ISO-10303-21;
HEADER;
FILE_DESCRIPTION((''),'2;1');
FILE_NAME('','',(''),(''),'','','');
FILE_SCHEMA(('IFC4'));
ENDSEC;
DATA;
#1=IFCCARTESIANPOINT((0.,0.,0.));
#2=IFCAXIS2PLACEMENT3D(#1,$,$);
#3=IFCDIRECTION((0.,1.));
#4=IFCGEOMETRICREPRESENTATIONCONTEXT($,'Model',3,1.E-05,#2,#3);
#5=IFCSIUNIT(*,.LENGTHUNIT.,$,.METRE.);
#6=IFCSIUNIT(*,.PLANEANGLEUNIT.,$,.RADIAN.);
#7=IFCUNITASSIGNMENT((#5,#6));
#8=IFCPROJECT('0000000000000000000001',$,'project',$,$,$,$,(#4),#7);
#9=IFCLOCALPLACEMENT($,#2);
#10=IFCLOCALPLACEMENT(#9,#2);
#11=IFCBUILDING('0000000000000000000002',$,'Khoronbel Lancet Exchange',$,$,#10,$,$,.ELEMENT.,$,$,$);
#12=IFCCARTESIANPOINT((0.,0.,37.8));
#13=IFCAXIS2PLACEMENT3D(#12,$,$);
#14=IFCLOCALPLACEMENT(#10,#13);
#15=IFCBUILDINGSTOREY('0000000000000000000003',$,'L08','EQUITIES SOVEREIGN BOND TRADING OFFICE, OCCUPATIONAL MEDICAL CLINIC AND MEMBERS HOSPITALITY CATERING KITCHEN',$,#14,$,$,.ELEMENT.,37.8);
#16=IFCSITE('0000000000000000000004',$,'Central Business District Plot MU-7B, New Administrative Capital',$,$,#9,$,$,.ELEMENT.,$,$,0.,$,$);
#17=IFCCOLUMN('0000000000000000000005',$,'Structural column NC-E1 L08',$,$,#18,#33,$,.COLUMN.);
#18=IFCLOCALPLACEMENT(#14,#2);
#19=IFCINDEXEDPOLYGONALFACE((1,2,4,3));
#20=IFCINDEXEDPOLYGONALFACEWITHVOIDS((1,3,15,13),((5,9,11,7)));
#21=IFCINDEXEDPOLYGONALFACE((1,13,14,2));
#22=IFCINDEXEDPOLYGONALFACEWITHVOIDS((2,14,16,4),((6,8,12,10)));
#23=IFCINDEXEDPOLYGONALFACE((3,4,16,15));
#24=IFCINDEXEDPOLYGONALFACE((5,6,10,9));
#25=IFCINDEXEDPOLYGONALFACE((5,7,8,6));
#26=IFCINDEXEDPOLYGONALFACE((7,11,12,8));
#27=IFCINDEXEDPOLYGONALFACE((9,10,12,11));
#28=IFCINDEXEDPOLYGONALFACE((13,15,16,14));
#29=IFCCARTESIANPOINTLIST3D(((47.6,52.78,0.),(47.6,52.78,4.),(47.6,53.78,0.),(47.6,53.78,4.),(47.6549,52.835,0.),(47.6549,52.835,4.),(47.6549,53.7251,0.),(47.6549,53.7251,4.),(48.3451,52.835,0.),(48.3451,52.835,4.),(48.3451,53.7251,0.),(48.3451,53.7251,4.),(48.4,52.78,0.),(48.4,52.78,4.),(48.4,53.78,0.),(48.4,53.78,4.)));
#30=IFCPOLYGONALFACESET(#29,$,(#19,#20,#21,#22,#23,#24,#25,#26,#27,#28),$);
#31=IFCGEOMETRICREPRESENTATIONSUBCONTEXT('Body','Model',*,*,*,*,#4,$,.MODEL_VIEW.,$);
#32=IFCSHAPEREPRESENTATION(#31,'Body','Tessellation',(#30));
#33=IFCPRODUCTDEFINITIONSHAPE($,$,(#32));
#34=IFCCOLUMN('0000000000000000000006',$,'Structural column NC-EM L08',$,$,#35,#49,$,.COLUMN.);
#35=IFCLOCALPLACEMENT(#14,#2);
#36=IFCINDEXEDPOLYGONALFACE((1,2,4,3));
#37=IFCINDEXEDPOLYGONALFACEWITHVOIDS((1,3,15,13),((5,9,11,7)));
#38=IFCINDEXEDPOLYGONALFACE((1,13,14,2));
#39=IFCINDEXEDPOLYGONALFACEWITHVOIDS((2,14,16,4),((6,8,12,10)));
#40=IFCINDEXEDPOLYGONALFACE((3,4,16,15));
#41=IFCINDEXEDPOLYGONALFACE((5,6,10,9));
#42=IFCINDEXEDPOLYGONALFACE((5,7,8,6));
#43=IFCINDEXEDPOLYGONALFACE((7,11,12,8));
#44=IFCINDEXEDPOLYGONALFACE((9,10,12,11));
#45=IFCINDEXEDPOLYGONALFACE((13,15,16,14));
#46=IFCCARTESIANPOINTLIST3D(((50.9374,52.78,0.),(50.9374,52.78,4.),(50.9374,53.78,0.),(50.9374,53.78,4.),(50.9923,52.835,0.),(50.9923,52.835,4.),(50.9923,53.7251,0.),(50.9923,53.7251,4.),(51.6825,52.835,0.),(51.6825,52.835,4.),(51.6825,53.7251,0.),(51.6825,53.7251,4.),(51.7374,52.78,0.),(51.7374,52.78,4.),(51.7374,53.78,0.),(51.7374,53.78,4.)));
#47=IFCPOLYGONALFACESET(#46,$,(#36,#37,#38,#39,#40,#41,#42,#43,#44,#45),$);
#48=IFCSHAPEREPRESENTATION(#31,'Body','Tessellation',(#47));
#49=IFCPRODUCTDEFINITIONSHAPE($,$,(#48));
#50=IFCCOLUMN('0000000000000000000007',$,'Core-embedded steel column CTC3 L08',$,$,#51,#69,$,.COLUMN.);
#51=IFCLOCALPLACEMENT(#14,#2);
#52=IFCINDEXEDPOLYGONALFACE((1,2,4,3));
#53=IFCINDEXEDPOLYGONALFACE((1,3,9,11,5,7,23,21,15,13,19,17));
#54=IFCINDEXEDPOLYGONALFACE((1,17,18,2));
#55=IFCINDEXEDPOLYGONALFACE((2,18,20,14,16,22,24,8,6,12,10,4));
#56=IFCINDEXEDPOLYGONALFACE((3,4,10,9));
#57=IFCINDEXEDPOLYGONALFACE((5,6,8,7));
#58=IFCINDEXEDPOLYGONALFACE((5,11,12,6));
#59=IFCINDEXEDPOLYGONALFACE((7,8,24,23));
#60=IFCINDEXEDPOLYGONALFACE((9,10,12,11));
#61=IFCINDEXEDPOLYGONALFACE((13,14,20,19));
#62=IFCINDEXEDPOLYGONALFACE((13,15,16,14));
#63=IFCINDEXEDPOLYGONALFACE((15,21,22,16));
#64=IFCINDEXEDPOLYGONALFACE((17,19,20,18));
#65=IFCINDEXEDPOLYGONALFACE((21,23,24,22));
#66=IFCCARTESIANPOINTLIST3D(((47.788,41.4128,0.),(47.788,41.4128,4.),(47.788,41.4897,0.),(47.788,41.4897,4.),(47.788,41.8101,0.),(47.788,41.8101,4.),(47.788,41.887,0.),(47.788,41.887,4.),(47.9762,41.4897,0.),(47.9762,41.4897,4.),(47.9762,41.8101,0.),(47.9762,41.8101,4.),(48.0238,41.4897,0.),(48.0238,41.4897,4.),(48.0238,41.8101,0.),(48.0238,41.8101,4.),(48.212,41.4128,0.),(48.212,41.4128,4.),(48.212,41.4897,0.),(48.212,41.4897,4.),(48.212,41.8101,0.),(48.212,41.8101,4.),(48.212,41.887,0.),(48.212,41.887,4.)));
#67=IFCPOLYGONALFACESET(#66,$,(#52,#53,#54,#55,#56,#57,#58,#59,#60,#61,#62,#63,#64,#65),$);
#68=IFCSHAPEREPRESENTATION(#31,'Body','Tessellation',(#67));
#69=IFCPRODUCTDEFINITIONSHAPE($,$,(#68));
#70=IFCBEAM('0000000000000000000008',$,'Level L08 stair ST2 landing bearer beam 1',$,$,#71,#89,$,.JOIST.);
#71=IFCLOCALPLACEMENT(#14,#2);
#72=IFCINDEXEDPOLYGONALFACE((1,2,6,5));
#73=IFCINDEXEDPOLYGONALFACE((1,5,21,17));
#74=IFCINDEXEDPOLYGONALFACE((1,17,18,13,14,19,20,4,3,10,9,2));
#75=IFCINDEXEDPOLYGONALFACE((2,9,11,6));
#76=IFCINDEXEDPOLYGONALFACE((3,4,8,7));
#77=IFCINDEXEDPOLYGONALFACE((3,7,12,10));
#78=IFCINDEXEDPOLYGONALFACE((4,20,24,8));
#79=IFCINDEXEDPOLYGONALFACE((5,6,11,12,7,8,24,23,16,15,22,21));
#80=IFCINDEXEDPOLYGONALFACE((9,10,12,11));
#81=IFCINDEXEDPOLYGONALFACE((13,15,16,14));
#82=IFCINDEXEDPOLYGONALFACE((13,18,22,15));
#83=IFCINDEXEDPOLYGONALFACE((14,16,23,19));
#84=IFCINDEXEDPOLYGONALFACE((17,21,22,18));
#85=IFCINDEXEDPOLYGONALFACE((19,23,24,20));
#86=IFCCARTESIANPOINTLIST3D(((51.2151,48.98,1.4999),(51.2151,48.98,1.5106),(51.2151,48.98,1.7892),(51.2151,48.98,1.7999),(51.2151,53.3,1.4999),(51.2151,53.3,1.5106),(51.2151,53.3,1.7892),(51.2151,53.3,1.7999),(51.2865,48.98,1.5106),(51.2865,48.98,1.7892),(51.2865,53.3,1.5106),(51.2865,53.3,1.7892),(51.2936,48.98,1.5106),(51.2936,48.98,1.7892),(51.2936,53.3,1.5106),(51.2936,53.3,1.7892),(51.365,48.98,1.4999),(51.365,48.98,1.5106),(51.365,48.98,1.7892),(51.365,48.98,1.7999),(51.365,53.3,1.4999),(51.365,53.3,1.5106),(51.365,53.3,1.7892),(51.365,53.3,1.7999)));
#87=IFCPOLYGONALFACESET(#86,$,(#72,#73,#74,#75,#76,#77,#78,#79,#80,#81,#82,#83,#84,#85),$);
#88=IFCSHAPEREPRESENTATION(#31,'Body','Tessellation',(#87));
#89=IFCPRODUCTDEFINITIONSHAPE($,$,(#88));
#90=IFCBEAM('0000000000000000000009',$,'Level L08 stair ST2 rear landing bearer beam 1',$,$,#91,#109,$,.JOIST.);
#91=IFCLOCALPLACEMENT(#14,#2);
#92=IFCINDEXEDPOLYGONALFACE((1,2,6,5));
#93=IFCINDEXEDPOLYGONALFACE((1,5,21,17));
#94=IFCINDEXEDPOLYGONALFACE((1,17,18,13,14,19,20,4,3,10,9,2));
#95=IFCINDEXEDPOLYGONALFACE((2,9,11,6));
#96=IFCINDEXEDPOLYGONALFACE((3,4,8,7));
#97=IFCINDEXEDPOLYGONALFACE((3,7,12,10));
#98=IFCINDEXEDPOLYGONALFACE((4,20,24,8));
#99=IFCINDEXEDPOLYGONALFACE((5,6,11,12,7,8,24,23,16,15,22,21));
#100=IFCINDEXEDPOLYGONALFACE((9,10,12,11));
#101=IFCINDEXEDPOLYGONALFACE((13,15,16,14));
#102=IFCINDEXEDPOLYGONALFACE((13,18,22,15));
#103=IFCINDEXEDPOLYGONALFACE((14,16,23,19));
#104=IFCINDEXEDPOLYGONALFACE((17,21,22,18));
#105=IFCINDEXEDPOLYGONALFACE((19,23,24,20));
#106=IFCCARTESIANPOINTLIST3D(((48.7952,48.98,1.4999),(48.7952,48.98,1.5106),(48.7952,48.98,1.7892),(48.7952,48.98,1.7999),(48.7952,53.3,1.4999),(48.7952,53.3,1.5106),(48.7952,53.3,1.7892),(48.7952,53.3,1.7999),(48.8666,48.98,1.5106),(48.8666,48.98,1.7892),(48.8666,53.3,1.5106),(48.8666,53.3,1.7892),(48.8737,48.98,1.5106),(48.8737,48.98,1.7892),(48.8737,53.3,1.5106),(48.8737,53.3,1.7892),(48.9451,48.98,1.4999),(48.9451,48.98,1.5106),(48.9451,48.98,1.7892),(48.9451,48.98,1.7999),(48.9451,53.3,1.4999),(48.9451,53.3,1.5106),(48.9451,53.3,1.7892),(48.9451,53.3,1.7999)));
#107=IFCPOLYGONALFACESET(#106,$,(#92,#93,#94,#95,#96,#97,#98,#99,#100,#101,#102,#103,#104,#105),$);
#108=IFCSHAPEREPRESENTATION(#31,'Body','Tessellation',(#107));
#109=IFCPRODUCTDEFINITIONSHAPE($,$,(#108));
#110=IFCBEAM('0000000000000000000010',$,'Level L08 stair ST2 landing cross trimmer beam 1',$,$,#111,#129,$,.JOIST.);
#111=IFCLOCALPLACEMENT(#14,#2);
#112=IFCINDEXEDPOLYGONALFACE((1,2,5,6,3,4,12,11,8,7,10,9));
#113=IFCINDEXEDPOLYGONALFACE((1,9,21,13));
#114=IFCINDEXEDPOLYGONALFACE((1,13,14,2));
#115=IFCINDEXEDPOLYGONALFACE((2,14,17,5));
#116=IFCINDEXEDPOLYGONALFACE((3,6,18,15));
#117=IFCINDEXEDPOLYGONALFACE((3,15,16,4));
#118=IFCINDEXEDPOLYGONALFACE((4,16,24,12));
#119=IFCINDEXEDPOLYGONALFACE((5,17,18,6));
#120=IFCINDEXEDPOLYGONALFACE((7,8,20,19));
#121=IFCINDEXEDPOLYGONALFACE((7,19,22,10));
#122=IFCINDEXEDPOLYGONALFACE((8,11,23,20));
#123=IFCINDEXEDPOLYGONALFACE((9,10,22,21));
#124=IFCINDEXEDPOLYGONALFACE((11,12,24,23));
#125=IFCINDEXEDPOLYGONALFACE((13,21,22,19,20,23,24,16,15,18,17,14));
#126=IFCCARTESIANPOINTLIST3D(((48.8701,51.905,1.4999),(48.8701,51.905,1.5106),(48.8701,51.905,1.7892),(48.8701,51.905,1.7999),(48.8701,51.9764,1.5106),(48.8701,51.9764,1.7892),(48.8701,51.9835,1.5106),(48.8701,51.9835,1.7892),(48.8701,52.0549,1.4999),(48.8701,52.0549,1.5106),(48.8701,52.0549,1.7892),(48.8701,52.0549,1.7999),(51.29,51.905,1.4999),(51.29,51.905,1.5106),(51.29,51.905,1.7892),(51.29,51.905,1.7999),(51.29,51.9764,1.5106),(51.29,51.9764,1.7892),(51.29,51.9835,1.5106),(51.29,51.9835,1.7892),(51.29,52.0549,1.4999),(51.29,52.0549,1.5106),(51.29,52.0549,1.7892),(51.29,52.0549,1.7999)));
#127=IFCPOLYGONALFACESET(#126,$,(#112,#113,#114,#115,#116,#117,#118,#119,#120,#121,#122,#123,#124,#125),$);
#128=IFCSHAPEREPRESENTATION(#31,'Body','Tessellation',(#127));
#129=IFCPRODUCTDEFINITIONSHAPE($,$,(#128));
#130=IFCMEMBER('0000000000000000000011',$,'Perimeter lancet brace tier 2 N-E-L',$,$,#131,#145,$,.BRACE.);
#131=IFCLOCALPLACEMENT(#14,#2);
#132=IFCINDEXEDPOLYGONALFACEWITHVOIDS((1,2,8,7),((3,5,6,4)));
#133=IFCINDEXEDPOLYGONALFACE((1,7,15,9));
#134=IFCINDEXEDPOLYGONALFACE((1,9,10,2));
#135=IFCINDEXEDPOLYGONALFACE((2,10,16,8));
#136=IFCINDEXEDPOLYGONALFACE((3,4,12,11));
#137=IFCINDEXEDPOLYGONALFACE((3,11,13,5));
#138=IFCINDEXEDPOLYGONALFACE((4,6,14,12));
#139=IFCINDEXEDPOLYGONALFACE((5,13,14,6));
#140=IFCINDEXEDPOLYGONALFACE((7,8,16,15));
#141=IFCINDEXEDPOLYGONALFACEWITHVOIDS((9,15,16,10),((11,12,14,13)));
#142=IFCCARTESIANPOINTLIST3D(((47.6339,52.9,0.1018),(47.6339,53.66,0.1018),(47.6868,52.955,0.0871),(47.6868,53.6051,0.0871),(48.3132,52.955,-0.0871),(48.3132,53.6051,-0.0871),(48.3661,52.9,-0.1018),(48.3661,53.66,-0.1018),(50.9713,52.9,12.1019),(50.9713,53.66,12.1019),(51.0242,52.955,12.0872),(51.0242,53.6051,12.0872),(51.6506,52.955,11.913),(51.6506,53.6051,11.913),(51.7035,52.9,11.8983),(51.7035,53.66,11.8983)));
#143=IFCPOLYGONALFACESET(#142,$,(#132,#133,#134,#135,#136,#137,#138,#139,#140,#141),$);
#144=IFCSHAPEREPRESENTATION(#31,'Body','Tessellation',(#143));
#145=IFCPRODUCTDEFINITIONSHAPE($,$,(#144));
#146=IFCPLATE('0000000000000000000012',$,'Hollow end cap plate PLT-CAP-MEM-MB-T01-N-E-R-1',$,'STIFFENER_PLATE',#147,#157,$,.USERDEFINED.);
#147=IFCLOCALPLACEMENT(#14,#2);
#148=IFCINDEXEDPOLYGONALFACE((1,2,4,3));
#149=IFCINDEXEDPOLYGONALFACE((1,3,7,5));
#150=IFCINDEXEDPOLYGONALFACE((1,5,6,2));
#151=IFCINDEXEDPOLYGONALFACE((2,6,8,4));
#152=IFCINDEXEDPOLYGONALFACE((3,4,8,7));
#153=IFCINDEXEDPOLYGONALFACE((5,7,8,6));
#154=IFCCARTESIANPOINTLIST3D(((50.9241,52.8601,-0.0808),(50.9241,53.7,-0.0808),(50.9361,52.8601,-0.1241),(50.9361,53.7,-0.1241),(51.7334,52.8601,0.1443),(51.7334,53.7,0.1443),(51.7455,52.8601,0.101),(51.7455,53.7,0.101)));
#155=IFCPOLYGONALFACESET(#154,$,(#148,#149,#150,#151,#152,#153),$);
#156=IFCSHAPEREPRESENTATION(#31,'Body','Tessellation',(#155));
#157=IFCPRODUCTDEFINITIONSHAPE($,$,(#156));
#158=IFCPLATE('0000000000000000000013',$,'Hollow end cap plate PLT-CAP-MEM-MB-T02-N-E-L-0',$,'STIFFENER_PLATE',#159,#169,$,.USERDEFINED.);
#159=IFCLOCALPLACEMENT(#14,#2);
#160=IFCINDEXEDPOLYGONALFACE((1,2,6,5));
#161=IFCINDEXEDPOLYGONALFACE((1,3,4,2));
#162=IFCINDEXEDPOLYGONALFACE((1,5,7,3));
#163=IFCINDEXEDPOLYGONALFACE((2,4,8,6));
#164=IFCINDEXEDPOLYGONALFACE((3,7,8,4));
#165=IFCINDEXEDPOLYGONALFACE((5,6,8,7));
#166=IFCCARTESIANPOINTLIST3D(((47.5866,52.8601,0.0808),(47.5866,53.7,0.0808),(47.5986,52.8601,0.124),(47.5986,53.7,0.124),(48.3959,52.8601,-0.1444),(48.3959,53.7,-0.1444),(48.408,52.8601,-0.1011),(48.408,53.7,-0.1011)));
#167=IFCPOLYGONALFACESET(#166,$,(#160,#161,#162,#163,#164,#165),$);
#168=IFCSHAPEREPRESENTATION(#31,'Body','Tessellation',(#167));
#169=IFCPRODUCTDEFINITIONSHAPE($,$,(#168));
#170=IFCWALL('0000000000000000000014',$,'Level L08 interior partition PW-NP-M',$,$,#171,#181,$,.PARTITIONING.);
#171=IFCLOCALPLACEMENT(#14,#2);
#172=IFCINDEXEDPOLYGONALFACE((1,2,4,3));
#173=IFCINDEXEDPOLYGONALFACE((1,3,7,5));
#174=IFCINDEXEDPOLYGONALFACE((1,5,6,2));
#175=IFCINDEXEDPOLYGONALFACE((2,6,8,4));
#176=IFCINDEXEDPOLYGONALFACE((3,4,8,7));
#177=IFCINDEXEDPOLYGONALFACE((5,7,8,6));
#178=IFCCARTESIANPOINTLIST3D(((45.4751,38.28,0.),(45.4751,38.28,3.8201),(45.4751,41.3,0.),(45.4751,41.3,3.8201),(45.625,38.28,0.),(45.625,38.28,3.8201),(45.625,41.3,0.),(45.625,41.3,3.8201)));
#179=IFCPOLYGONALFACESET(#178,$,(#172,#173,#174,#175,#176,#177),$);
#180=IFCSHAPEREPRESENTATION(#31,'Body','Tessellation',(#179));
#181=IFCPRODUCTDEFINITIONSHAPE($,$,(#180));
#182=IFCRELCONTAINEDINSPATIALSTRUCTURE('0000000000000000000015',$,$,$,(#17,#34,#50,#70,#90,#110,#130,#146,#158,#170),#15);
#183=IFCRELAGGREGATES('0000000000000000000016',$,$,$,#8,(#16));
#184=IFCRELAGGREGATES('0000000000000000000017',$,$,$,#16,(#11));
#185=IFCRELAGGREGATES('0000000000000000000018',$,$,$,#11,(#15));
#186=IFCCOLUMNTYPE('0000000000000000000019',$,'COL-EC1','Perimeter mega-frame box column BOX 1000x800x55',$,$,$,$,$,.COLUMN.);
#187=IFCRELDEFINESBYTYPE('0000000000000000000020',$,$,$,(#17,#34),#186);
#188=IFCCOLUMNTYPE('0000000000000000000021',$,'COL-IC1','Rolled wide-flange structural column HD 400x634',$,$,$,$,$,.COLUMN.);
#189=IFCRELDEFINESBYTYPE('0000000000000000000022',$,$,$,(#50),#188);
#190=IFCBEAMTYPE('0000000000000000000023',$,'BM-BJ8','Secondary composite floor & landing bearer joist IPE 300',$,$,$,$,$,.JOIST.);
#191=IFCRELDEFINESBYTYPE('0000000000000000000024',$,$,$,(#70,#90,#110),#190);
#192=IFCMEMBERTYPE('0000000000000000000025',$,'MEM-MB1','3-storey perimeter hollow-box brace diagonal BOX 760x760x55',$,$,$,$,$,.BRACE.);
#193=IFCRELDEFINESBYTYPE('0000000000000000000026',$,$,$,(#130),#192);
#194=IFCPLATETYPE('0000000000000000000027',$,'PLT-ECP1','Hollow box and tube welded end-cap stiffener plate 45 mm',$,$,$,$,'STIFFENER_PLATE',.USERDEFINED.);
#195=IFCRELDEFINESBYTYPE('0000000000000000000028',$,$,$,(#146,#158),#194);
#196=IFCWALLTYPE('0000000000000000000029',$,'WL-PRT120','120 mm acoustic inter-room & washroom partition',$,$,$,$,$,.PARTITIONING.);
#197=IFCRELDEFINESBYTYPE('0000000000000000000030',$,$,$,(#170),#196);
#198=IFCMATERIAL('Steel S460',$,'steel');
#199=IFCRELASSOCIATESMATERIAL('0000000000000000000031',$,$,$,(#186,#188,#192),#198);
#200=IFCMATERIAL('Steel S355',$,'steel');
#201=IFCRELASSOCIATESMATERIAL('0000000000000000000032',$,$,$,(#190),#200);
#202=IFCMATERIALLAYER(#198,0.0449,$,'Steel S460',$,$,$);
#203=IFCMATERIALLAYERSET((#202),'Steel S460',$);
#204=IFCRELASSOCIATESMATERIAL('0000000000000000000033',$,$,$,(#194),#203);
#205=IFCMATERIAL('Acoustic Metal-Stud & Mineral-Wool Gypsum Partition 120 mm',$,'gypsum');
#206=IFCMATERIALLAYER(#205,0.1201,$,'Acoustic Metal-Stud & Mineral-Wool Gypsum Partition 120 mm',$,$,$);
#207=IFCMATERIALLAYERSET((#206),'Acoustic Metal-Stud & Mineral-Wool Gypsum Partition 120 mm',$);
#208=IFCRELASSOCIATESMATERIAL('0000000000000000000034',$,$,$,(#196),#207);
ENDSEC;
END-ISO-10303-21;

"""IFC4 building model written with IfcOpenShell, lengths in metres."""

from ifc_helpers import new_model, si_unit, direction, frame, frame_2d, origin, origin_2d, place, context, subcontext, project, spatial, polyline, rectangle, hollow_rectangle, i_section, outline, extrude, material, layer, layer_set, material_profile, profile_set, type_object, element, save


model = new_model("IFC4")

# Units and contexts
model_context = context("Model", 3, precision=1e-05, world=origin(), true_north=direction((0.0, 1.0)))
body_context = subcontext(model_context, "Body", "Model", "MODEL_VIEW")
ifc_project = project(units=[si_unit("LENGTHUNIT", "METRE"), si_unit("PLANEANGLEUNIT", "RADIAN")], contexts=[model_context])

# Site, building, storey
site_placement = place(None, origin())
site = spatial("IfcSite", under=ifc_project, at=site_placement, Name="Central Business District Plot MU-7B, New Administrative Capital", CompositionType="ELEMENT", RefElevation=0.0)
building_placement = place(site_placement, origin())
building = spatial("IfcBuilding", under=site, at=building_placement, Name="Khoronbel Lancet Exchange", CompositionType="ELEMENT")
storey_placement = place(building_placement, frame((0.0, 0.0, 37.8)))
storey = spatial("IfcBuildingStorey", under=building, at=storey_placement, Name="L08", Description="EQUITIES SOVEREIGN BOND TRADING OFFICE, OCCUPATIONAL MEDICAL CLINIC AND MEMBERS HOSPITALITY CATERING KITCHEN", CompositionType="ELEMENT", Elevation=37.8)

# Columns
ifc_material_1 = material(Name="Steel S460", Category="steel")
ifc_material_profile_1 = material_profile(ifc_material_1, hollow_rectangle(XDim=0.8, YDim=1.0, WallThickness=0.0549, at=origin_2d()), Name="BOX 1000x800x55")
ifc_profile_set_1 = profile_set([ifc_material_profile_1], Name="Steel S460")
column_type_1 = type_object("IfcColumnType", Name="COL-EC1", Description="Perimeter mega-frame box column BOX 1000x800x55", PredefinedType="COLUMN", material=ifc_profile_set_1)
for number, where, z_axis, x_axis, name in (
    (1, (48.0, 53.28, 0.0), (0.0, 0.0, 1.0), (1.0, 0.0, 0.0), "Structural column NC-E1 L08"),
    (2, (51.3374, 53.28, 0.0), (0.0, 0.0, 1.0), (1.0, 0.0, 0.0), "Structural column NC-EM L08"),
):
    element("IfcColumn", number, at=place(storey_placement, frame(where, z_axis=z_axis, x_axis=x_axis)), inside=storey, type_object=column_type_1, Name=name, PredefinedType="COLUMN", context=body_context, shape_type="SweptSolid", body=[
        extrude(hollow_rectangle(XDim=0.8, YDim=1.0, WallThickness=0.0549, at=origin_2d()), origin(), (0.0, 0.0, 1.0), 4.0),
    ])
ifc_material_profile_2 = material_profile(ifc_material_1, i_section(OverallWidth=0.4241, OverallDepth=0.4741, WebThickness=0.0476, FlangeThickness=0.0769, at=origin_2d()), Name="HD 400x634")
ifc_profile_set_2 = profile_set([ifc_material_profile_2], Name="Steel S460")
column_type_2 = type_object("IfcColumnType", Name="COL-IC1", Description="Rolled wide-flange structural column HD 400x634", PredefinedType="COLUMN", material=ifc_profile_set_2)
column_placement = place(storey_placement, frame((48.0, 41.6499, 0.0), z_axis=(0.0, 0.0, 1.0), x_axis=(1.0, 0.0, 0.0)))
element("IfcColumn", 3, at=column_placement, inside=storey, type_object=column_type_2, Name="Core-embedded steel column CTC3 L08", PredefinedType="COLUMN", context=body_context, shape_type="SweptSolid", body=[
    extrude(i_section(OverallWidth=0.4241, OverallDepth=0.4741, WebThickness=0.0476, FlangeThickness=0.0769, at=origin_2d()), origin(), (0.0, 0.0, 1.0), 4.0),
])

# Beams
ifc_material_2 = material(Name="Steel S355", Category="steel")
ifc_material_profile_3 = material_profile(ifc_material_2, i_section(OverallWidth=0.1499, OverallDepth=0.3, WebThickness=0.0071, FlangeThickness=0.0107, at=origin_2d()), Name="IPE 300")
ifc_profile_set_3 = profile_set([ifc_material_profile_3], Name="Steel S355")
beam_type = type_object("IfcBeamType", Name="BM-BJ8", Description="Secondary composite floor & landing bearer joist IPE 300", PredefinedType="JOIST", material=ifc_profile_set_3)
for number, where, z_axis, x_axis, name in (
    (4, (51.29, 48.98, 1.6499), (0.0, 1.0, 0.0), (-1.0, 0.0, 0.0), "Level L08 stair ST2 landing bearer beam 1"),
    (5, (48.8701, 48.98, 1.6499), (0.0, 1.0, 0.0), (-1.0, 0.0, 0.0), "Level L08 stair ST2 rear landing bearer beam 1"),
):
    element("IfcBeam", number, at=place(storey_placement, frame(where, z_axis=z_axis, x_axis=x_axis)), inside=storey, type_object=beam_type, Name=name, PredefinedType="JOIST", context=body_context, shape_type="SweptSolid", body=[
        extrude(i_section(OverallWidth=0.1499, OverallDepth=0.3, WebThickness=0.0071, FlangeThickness=0.0107, at=origin_2d()), origin(), (0.0, 0.0, 1.0), 4.3201),
    ])
beam_placement = place(storey_placement, frame((48.8701, 51.98, 1.6499), z_axis=(1.0, 0.0, 0.0), x_axis=(0.0, 1.0, 0.0)))
element("IfcBeam", 6, at=beam_placement, inside=storey, type_object=beam_type, Name="Level L08 stair ST2 landing cross trimmer beam 1", PredefinedType="JOIST", context=body_context, shape_type="SweptSolid", body=[
    extrude(i_section(OverallWidth=0.1499, OverallDepth=0.3, WebThickness=0.0071, FlangeThickness=0.0107, at=origin_2d()), origin(), (0.0, 0.0, 1.0), 2.4199),
])

# Member
ifc_material_profile_4 = material_profile(ifc_material_1, hollow_rectangle(XDim=0.76, YDim=0.76, WallThickness=0.0549, at=origin_2d()), Name="BOX 760x760x55")
ifc_profile_set_4 = profile_set([ifc_material_profile_4], Name="Steel S460")
member_type = type_object("IfcMemberType", Name="MEM-MB1", Description="3-storey perimeter hollow-box brace diagonal BOX 760x760x55", PredefinedType="BRACE", material=ifc_profile_set_4)
member_placement = place(storey_placement, frame((48.0, 53.28, 0.0), z_axis=(0.267947, 0.0, 0.963434), x_axis=(0.0, 1.0, 0.0)))
element("IfcMember", 7, at=member_placement, inside=storey, type_object=member_type, Name="Perimeter lancet brace tier 2 N-E-L", PredefinedType="BRACE", context=body_context, shape_type="SweptSolid", body=[
    extrude(hollow_rectangle(XDim=0.76, YDim=0.76, WallThickness=0.0549, at=origin_2d()), origin(), (0.0, 0.0, 1.0), 12.4556),
])

# Plates
ifc_layer_1 = layer(ifc_material_1, 0.0449, Name="Steel S460")
ifc_layer_set_1 = layer_set([ifc_layer_1], Name="Steel S460")
plate_type = type_object("IfcPlateType", Name="PLT-ECP1", Description="Hollow box and tube welded end-cap stiffener plate 45 mm", ElementType="STIFFENER_PLATE", PredefinedType="USERDEFINED", material=ifc_layer_set_1)
for number, where, z_axis, x_axis, name in (
    (8, (50.9241, 53.7, -0.0808), (-0.267959, 0.0, 0.96343), (0.0, -1.0, 0.0), "Hollow end cap plate PLT-CAP-MEM-MB-T01-N-E-R-1"),
    (9, (48.408, 52.8601, -0.1011), (0.267959, 0.0, 0.96343), (0.0, 1.0, 0.0), "Hollow end cap plate PLT-CAP-MEM-MB-T02-N-E-L-0"),
):
    element("IfcPlate", number, at=place(storey_placement, frame(where, z_axis=z_axis, x_axis=x_axis)), inside=storey, type_object=plate_type, Name=name, ObjectType="STIFFENER_PLATE", PredefinedType="USERDEFINED", context=body_context, shape_type="SweptSolid", body=[
        extrude(outline(polyline([(0.0, 0.0), (0.8398, 0.0), (0.8398, 0.8401), (0.0, 0.8401), (0.0, 0.0)])), origin(), (0.0, 0.0, -1.0), 0.0449),
    ])

# Wall
ifc_material_3 = material(Name="Acoustic Metal-Stud & Mineral-Wool Gypsum Partition 120 mm", Category="gypsum")
ifc_layer_2 = layer(ifc_material_3, 0.1201, Name="Acoustic Metal-Stud & Mineral-Wool Gypsum Partition 120 mm")
ifc_layer_set_2 = layer_set([ifc_layer_2], Name="Acoustic Metal-Stud & Mineral-Wool Gypsum Partition 120 mm")
wall_type_1 = type_object("IfcWallType", Name="WL-PRT120", Description="120 mm acoustic inter-room & washroom partition", PredefinedType="PARTITIONING", material=ifc_layer_set_2)
wall_1_placement = place(storey_placement, frame((45.55, 38.28, 0.0), z_axis=(0.0, 0.0, 1.0), x_axis=(0.0, 1.0, 0.0)))
element("IfcWall", 10, at=wall_1_placement, inside=storey, type_object=wall_type_1, Name="Level L08 interior partition PW-NP-M", PredefinedType="PARTITIONING", context=body_context, shape_type="SweptSolid", body=[
    extrude(rectangle(XDim=3.02, YDim=0.1499, at=frame_2d((1.51, 0.0))), origin(), (0.0, 0.0, 1.0), 3.8201),
])

save(model, "model.ifc")
